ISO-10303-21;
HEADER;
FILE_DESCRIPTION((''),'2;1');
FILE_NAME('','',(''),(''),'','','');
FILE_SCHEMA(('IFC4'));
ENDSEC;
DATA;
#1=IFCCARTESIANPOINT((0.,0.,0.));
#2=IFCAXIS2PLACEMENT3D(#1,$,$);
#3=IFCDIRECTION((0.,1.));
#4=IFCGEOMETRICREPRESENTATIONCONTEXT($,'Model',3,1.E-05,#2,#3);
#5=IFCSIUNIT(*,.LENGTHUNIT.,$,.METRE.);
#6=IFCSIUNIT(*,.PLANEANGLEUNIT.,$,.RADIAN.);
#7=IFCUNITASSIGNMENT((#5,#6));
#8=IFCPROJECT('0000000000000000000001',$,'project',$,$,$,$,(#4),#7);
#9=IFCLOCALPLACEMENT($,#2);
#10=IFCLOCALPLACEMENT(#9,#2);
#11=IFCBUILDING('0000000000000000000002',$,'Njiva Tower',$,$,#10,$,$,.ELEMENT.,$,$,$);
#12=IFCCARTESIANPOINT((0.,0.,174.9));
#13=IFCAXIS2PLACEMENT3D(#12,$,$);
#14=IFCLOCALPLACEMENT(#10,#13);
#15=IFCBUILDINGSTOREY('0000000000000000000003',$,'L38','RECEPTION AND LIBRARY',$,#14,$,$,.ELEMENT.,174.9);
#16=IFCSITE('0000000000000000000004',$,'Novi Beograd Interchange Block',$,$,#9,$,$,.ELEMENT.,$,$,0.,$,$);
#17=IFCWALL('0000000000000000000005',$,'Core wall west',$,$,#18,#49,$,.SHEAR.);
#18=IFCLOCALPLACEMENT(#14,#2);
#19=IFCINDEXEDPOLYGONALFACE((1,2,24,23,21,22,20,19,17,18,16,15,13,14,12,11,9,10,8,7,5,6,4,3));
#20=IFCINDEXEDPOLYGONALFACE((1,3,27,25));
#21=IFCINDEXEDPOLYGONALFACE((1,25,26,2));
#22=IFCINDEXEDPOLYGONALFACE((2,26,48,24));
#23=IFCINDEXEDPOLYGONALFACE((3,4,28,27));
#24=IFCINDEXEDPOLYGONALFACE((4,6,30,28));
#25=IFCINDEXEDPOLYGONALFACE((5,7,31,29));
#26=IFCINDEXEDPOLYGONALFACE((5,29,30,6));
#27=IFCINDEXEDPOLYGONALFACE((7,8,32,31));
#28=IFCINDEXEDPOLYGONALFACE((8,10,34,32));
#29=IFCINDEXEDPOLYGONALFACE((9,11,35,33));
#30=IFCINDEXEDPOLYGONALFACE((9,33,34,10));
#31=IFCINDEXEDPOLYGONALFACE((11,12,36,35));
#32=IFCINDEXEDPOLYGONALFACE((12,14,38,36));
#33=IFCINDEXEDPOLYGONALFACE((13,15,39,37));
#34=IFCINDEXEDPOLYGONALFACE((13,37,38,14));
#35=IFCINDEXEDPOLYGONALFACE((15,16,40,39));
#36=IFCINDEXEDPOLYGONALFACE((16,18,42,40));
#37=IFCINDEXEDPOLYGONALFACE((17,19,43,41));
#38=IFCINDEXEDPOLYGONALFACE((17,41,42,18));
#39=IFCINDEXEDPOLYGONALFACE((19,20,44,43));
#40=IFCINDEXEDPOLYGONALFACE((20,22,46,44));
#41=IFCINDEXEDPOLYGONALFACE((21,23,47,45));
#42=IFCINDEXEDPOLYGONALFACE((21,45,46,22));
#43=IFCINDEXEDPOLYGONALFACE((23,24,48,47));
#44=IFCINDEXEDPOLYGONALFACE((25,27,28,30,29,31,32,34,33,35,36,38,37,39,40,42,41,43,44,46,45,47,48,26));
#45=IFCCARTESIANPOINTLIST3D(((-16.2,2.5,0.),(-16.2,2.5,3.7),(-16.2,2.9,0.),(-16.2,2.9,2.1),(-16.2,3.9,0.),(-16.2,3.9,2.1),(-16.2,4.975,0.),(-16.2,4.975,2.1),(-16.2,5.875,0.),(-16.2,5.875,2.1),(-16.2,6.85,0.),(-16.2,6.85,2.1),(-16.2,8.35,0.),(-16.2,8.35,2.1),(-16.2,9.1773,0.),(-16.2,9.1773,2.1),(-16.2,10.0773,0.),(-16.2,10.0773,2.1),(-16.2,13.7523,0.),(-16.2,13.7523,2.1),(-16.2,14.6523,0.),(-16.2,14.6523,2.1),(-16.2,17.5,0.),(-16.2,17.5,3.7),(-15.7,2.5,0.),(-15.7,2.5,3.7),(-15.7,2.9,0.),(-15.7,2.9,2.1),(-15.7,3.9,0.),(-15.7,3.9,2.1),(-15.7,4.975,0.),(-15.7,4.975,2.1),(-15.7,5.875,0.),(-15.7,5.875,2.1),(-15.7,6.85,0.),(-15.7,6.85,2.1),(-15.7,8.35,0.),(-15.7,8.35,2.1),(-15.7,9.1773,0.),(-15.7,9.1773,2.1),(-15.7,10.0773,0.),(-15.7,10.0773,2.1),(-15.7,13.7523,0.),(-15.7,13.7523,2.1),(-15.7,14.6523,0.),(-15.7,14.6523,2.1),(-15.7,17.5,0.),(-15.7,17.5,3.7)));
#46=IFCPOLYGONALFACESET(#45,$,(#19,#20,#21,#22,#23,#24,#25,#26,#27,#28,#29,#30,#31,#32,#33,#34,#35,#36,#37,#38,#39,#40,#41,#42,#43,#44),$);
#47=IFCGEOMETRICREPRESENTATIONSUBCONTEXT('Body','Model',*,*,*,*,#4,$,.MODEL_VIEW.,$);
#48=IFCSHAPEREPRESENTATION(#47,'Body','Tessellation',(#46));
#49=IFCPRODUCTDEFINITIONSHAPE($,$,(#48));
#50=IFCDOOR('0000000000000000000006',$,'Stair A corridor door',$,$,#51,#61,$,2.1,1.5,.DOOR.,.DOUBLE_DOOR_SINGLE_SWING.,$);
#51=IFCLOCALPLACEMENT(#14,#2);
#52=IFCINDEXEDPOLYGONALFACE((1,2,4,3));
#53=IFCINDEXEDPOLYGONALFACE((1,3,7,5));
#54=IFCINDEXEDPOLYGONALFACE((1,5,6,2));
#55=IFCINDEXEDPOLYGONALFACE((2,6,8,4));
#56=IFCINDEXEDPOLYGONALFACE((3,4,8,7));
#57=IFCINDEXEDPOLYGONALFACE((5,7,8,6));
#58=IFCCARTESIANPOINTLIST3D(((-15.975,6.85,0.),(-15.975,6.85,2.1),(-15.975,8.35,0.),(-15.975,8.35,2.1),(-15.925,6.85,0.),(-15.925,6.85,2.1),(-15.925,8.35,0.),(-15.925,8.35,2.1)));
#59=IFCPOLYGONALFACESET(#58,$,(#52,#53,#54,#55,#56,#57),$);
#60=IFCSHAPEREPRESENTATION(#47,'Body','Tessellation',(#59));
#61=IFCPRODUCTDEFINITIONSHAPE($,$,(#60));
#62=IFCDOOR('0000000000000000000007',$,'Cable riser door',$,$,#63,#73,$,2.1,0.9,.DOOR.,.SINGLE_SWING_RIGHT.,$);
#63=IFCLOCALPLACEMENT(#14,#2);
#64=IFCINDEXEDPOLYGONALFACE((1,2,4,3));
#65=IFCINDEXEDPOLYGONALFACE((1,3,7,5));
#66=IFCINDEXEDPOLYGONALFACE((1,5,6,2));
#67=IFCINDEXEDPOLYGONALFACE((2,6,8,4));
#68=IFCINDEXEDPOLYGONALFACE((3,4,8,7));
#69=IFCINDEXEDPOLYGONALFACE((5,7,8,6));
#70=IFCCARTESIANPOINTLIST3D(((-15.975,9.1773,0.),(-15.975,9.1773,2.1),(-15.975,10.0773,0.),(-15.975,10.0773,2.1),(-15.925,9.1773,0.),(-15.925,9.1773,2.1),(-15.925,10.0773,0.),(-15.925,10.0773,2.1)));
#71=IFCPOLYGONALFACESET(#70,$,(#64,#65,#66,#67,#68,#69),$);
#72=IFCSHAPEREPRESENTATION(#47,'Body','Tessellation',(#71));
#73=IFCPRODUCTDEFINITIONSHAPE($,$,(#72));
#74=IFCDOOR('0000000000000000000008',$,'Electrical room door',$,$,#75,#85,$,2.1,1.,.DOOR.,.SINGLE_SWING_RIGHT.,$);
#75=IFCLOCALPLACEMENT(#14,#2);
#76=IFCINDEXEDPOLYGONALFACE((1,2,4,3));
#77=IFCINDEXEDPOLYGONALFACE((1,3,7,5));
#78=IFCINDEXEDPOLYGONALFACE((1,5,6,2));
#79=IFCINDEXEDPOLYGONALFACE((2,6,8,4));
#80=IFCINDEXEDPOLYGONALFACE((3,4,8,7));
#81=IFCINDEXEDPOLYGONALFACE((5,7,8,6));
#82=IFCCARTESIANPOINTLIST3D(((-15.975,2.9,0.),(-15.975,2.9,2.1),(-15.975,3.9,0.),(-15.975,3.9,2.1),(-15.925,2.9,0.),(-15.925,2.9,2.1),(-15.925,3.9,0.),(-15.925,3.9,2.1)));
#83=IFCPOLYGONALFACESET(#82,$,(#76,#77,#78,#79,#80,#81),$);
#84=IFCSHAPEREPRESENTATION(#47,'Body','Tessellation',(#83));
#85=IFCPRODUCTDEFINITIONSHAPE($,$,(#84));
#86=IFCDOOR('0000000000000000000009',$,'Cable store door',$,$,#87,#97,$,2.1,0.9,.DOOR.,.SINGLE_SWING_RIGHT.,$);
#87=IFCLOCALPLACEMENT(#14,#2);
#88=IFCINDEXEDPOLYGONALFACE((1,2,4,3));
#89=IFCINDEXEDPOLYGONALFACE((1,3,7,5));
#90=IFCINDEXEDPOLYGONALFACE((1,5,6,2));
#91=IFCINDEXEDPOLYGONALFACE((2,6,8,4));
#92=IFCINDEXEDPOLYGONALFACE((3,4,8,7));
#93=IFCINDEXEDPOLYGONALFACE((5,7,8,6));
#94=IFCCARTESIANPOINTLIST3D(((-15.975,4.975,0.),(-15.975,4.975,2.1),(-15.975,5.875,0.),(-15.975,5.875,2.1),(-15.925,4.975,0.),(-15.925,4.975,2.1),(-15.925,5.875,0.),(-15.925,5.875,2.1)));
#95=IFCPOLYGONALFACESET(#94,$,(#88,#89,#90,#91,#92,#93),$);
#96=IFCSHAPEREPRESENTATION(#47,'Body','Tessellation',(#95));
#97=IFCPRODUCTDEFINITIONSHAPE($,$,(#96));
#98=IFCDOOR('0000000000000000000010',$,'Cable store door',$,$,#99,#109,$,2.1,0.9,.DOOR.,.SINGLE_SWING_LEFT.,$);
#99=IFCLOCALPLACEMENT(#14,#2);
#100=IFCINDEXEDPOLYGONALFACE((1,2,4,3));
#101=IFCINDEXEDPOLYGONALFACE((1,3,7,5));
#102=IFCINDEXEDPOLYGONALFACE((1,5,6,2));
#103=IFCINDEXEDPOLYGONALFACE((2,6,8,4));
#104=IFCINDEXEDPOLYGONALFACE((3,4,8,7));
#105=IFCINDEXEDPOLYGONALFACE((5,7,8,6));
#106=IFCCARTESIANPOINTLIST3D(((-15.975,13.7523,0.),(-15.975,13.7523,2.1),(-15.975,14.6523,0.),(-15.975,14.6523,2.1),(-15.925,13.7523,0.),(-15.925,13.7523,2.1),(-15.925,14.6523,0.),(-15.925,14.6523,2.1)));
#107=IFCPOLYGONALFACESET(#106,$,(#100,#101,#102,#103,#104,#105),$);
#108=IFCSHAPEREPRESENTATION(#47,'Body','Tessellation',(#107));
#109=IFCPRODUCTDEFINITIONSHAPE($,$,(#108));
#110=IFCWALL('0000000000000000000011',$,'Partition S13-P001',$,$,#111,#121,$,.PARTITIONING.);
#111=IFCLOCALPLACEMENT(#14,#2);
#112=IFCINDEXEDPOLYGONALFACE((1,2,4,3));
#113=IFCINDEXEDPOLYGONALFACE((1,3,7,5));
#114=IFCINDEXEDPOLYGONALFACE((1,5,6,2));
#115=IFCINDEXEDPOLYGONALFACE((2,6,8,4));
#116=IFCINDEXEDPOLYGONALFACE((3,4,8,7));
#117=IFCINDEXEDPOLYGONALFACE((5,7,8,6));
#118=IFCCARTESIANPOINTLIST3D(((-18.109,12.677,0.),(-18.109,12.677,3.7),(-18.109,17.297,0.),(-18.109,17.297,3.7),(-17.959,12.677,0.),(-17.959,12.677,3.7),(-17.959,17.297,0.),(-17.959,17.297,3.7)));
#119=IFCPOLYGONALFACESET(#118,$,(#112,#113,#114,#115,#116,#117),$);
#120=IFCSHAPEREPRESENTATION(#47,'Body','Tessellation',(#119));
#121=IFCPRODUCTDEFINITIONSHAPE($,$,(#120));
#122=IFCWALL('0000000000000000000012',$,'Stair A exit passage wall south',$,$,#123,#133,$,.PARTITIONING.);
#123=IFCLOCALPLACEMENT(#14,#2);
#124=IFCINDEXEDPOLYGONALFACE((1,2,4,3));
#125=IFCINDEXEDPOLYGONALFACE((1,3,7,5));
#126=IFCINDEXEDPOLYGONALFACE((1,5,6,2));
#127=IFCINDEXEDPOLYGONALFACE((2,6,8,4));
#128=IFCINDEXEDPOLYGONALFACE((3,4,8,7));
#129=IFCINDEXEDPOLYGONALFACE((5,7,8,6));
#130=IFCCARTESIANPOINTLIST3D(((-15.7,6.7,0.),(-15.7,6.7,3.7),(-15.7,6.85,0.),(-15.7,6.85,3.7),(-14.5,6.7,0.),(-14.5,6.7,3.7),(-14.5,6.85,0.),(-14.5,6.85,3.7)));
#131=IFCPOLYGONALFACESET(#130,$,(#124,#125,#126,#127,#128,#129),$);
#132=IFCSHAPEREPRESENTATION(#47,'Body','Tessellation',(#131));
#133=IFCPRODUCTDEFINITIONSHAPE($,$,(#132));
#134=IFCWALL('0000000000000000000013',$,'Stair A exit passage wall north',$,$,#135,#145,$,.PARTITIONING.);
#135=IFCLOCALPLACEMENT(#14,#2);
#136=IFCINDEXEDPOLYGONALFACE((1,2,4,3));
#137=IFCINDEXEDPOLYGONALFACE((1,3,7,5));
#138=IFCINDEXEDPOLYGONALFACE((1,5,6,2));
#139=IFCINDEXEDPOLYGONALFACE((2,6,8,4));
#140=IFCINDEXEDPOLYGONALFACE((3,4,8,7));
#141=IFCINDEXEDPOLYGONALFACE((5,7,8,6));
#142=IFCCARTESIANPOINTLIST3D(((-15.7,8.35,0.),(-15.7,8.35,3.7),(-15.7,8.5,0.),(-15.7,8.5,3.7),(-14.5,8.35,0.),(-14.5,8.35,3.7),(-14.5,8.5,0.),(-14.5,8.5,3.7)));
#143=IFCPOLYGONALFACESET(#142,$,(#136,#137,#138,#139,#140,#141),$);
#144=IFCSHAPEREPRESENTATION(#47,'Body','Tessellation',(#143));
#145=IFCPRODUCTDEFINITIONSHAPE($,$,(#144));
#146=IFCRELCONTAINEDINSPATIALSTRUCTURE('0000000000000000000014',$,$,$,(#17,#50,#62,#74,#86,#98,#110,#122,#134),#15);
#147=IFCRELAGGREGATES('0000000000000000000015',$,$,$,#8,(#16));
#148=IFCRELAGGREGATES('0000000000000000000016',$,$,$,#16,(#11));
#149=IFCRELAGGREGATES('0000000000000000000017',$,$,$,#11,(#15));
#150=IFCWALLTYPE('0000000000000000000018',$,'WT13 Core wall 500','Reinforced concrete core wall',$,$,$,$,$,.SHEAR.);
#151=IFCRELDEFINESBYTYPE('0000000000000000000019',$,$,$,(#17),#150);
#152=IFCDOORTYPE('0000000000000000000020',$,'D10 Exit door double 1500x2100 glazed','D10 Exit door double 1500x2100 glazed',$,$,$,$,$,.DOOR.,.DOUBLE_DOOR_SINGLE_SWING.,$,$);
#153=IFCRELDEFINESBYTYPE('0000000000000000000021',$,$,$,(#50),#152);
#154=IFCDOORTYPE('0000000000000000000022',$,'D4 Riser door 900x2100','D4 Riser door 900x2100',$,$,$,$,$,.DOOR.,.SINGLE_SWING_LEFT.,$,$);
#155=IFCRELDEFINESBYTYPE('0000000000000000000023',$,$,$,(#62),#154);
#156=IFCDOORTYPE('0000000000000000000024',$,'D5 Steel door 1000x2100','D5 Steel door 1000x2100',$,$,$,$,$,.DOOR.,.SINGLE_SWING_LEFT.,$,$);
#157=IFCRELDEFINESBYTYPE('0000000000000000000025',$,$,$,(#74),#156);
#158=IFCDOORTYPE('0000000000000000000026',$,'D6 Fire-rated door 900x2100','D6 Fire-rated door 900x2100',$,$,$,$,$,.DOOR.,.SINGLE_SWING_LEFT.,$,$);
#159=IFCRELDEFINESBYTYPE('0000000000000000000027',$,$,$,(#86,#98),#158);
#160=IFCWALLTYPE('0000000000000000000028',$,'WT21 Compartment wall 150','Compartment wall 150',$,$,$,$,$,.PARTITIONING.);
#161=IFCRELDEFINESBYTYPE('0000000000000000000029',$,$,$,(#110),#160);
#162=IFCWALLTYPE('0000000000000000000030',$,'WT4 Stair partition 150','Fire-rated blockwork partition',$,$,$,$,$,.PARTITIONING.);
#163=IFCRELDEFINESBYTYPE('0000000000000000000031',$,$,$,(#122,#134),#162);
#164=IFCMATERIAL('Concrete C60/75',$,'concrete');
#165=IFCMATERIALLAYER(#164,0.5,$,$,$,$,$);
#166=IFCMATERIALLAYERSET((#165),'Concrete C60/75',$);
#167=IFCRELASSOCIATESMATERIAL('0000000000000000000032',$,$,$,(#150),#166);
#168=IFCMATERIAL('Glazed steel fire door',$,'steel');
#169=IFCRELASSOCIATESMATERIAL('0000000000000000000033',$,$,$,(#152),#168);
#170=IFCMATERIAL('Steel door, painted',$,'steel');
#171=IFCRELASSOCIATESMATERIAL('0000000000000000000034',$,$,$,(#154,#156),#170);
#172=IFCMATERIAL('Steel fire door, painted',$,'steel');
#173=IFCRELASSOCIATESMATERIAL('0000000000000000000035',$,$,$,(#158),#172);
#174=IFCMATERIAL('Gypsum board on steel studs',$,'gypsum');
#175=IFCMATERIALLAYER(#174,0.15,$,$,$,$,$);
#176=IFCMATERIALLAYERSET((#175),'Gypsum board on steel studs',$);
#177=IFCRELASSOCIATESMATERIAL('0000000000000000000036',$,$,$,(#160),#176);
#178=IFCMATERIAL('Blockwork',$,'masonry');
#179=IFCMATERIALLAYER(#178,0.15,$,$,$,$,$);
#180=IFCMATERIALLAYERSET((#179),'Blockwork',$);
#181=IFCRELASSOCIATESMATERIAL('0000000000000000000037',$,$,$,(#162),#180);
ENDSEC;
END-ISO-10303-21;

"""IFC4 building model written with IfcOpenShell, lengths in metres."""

from ifc_helpers import new_model, si_unit, direction, frame, frame_2d, origin, place, context, subcontext, project, spatial, rectangle, extrude, material, layer, layer_set, type_object, element, fill, save


model = new_model("IFC4")

# Units and contexts
model_context = context("Model", 3, precision=1e-05, world=origin(), true_north=direction((0.0, 1.0)))
body_context = subcontext(model_context, "Body", "Model", "MODEL_VIEW")
ifc_project = project(units=[si_unit("LENGTHUNIT", "METRE"), si_unit("PLANEANGLEUNIT", "RADIAN")], contexts=[model_context])

# Site, building, storey
site_placement = place(None, origin())
site = spatial("IfcSite", under=ifc_project, at=site_placement, Name="Novi Beograd Interchange Block", CompositionType="ELEMENT", RefElevation=0.0)
building_placement = place(site_placement, origin())
building = spatial("IfcBuilding", under=site, at=building_placement, Name="Njiva Tower", CompositionType="ELEMENT")
storey_placement = place(building_placement, frame((0.0, 0.0, 174.9)))
storey = spatial("IfcBuildingStorey", under=building, at=storey_placement, Name="L38", Description="RECEPTION AND LIBRARY", CompositionType="ELEMENT", Elevation=174.9)

# Shared definitions
ifc_material_1 = material(Name="Blockwork", Category="masonry")

# Wall, openings, doors
ifc_material_2 = material(Name="Concrete C60/75", Category="concrete")
ifc_layer_1 = layer(ifc_material_2, 0.5)
ifc_layer_set_1 = layer_set([ifc_layer_1], Name="Concrete C60/75")
wall_type_1 = type_object("IfcWallType", Name="WT13 Core wall 500", Description="Reinforced concrete core wall", PredefinedType="SHEAR", material=ifc_layer_set_1)
wall_1_placement = place(storey_placement, frame((-15.95, 2.5, 0.0), z_axis=(0.0, 0.0, 1.0), x_axis=(0.0, 1.0, 0.0)))
wall_1 = element("IfcWall", 1, at=wall_1_placement, inside=storey, type_object=wall_type_1, Name="Core wall west", PredefinedType="SHEAR", context=body_context, shape_type="SweptSolid", body=[
    extrude(rectangle(XDim=15.0, YDim=0.5, at=frame_2d((7.5, 0.0))), origin(), (0.0, 0.0, 1.0), 3.7),
])
opening_1_placement = place(wall_1_placement, frame((4.35, 0.0, 0.0)))
opening_1 = element("IfcOpeningElement", 2, at=opening_1_placement, cuts=wall_1, PredefinedType="OPENING", context=body_context, shape_type="SweptSolid", body=[
    extrude(rectangle(XDim=1.5, YDim=2.1, at=frame_2d((0.75, 1.05))), frame((0.0, 0.26, 0.0), z_axis=(0.0, -1.0, 0.0), x_axis=(1.0, 0.0, 0.0)), (0.0, 0.0, 1.0), 0.52),
])
opening_2_placement = place(wall_1_placement, frame((0.4, 0.0, 0.0)))
opening_2 = element("IfcOpeningElement", 3, at=opening_2_placement, cuts=wall_1, PredefinedType="OPENING", context=body_context, shape_type="SweptSolid", body=[
    extrude(rectangle(XDim=1.0, YDim=2.1, at=frame_2d((0.5, 1.05))), frame((0.0, 0.26, 0.0), z_axis=(0.0, -1.0, 0.0), x_axis=(1.0, 0.0, 0.0)), (0.0, 0.0, 1.0), 0.52),
])
opening_3_placement = place(wall_1_placement, frame((2.475, 0.0, 0.0)))
opening_3 = element("IfcOpeningElement", 4, at=opening_3_placement, cuts=wall_1, PredefinedType="OPENING", context=body_context, shape_type="SweptSolid", body=[
    extrude(rectangle(XDim=0.9, YDim=2.1, at=frame_2d((0.45, 1.05))), frame((0.0, 0.26, 0.0), z_axis=(0.0, -1.0, 0.0), x_axis=(1.0, 0.0, 0.0)), (0.0, 0.0, 1.0), 0.52),
])
opening_4_placement = place(wall_1_placement, frame((6.6773, 0.0, 0.0)))
opening_4 = element("IfcOpeningElement", 5, at=opening_4_placement, cuts=wall_1, PredefinedType="OPENING", context=body_context, shape_type="SweptSolid", body=[
    extrude(rectangle(XDim=0.9, YDim=2.1, at=frame_2d((0.45, 1.05))), frame((0.0, 0.26, 0.0), z_axis=(0.0, -1.0, 0.0), x_axis=(1.0, 0.0, 0.0)), (0.0, 0.0, 1.0), 0.52),
])
opening_5_placement = place(wall_1_placement, frame((11.2523, 0.0, 0.0)))
opening_5 = element("IfcOpeningElement", 6, at=opening_5_placement, cuts=wall_1, PredefinedType="OPENING", context=body_context, shape_type="SweptSolid", body=[
    extrude(rectangle(XDim=0.9, YDim=2.1, at=frame_2d((0.45, 1.05))), frame((0.0, 0.26, 0.0), z_axis=(0.0, -1.0, 0.0), x_axis=(1.0, 0.0, 0.0)), (0.0, 0.0, 1.0), 0.52),
])
ifc_material_3 = material(Name="Glazed steel fire door", Category="steel")
door_type_1 = type_object("IfcDoorType", Name="D10 Exit door double 1500x2100 glazed", Description="D10 Exit door double 1500x2100 glazed", OperationType="DOUBLE_DOOR_SINGLE_SWING", PredefinedType="DOOR", material=ifc_material_3)
door_1_placement = place(opening_1_placement, origin())
door_1 = element("IfcDoor", 7, at=door_1_placement, inside=storey, type_object=door_type_1, Name="Stair A corridor door", OperationType="DOUBLE_DOOR_SINGLE_SWING", OverallHeight=2.1, OverallWidth=1.5, PredefinedType="DOOR", context=body_context, shape_type="SweptSolid", body=[
    extrude(rectangle(XDim=1.5, YDim=2.1, at=frame_2d((0.75, 1.05))), frame((0.0, 0.025, 0.0), z_axis=(0.0, -1.0, 0.0), x_axis=(1.0, 0.0, 0.0)), (0.0, 0.0, 1.0), 0.05),
])
fill(opening_1, door_1)
ifc_material_4 = material(Name="Steel door, painted", Category="steel")
door_type_2 = type_object("IfcDoorType", Name="D4 Riser door 900x2100", Description="D4 Riser door 900x2100", OperationType="SINGLE_SWING_LEFT", PredefinedType="DOOR", material=ifc_material_4)
door_2_placement = place(opening_4_placement, origin())
door_2 = element("IfcDoor", 8, at=door_2_placement, inside=storey, type_object=door_type_2, Name="Cable riser door", OperationType="SINGLE_SWING_RIGHT", OverallHeight=2.1, OverallWidth=0.9, PredefinedType="DOOR", context=body_context, shape_type="SweptSolid", body=[
    extrude(rectangle(XDim=0.9, YDim=2.1, at=frame_2d((0.45, 1.05))), frame((0.0, 0.025, 0.0), z_axis=(0.0, -1.0, 0.0), x_axis=(1.0, 0.0, 0.0)), (0.0, 0.0, 1.0), 0.05),
])
fill(opening_4, door_2)
door_type_3 = type_object("IfcDoorType", Name="D5 Steel door 1000x2100", Description="D5 Steel door 1000x2100", OperationType="SINGLE_SWING_LEFT", PredefinedType="DOOR", material=ifc_material_4)
door_3_placement = place(opening_2_placement, origin())
door_3 = element("IfcDoor", 9, at=door_3_placement, inside=storey, type_object=door_type_3, Name="Electrical room door", OperationType="SINGLE_SWING_RIGHT", OverallHeight=2.1, OverallWidth=1.0, PredefinedType="DOOR", context=body_context, shape_type="SweptSolid", body=[
    extrude(rectangle(XDim=1.0, YDim=2.1, at=frame_2d((0.5, 1.05))), frame((0.0, 0.025, 0.0), z_axis=(0.0, -1.0, 0.0), x_axis=(1.0, 0.0, 0.0)), (0.0, 0.0, 1.0), 0.05),
])
fill(opening_2, door_3)
ifc_material_5 = material(Name="Steel fire door, painted", Category="steel")
door_type_4 = type_object("IfcDoorType", Name="D6 Fire-rated door 900x2100", Description="D6 Fire-rated door 900x2100", OperationType="SINGLE_SWING_LEFT", PredefinedType="DOOR", material=ifc_material_5)
door_4_placement = place(opening_3_placement, origin())
door_4 = element("IfcDoor", 10, at=door_4_placement, inside=storey, type_object=door_type_4, Name="Cable store door", OperationType="SINGLE_SWING_RIGHT", OverallHeight=2.1, OverallWidth=0.9, PredefinedType="DOOR", context=body_context, shape_type="SweptSolid", body=[
    extrude(rectangle(XDim=0.9, YDim=2.1, at=frame_2d((0.45, 1.05))), frame((0.0, 0.025, 0.0), z_axis=(0.0, -1.0, 0.0), x_axis=(1.0, 0.0, 0.0)), (0.0, 0.0, 1.0), 0.05),
])
fill(opening_3, door_4)
door_5_placement = place(opening_5_placement, origin())
door_5 = element("IfcDoor", 11, at=door_5_placement, inside=storey, type_object=door_type_4, Name="Cable store door", OperationType="SINGLE_SWING_LEFT", OverallHeight=2.1, OverallWidth=0.9, PredefinedType="DOOR", context=body_context, shape_type="SweptSolid", body=[
    extrude(rectangle(XDim=0.9, YDim=2.1, at=frame_2d((0.45, 1.05))), frame((0.0, 0.025, 0.0), z_axis=(0.0, -1.0, 0.0), x_axis=(1.0, 0.0, 0.0)), (0.0, 0.0, 1.0), 0.05),
])
fill(opening_5, door_5)

# Walls
ifc_material_6 = material(Name="Gypsum board on steel studs", Category="gypsum")
ifc_layer_2 = layer(ifc_material_6, 0.15)
ifc_layer_set_2 = layer_set([ifc_layer_2], Name="Gypsum board on steel studs")
wall_type_2 = type_object("IfcWallType", Name="WT21 Compartment wall 150", Description="Compartment wall 150", PredefinedType="PARTITIONING", material=ifc_layer_set_2)
wall_2_placement = place(storey_placement, frame((-18.034, 12.677, 0.0), z_axis=(0.0, 0.0, 1.0), x_axis=(0.0, 1.0, 0.0)))
element("IfcWall", 12, at=wall_2_placement, inside=storey, type_object=wall_type_2, Name="Partition S13-P001", PredefinedType="PARTITIONING", context=body_context, shape_type="SweptSolid", body=[
    extrude(rectangle(XDim=4.62, YDim=0.15, at=frame_2d((2.31, 0.0))), origin(), (0.0, 0.0, 1.0), 3.7),
])
ifc_layer_3 = layer(ifc_material_1, 0.15)
ifc_layer_set_3 = layer_set([ifc_layer_3], Name="Blockwork")
wall_type_3 = type_object("IfcWallType", Name="WT4 Stair partition 150", Description="Fire-rated blockwork partition", PredefinedType="PARTITIONING", material=ifc_layer_set_3)
for number, where, z_axis, x_axis, name in (
    (13, (-15.7, 6.775, 0.0), (0.0, 0.0, 1.0), (1.0, 0.0, 0.0), "Stair A exit passage wall south"),
    (14, (-15.7, 8.425, 0.0), (0.0, 0.0, 1.0), (1.0, 0.0, 0.0), "Stair A exit passage wall north"),
):
    element("IfcWall", number, at=place(storey_placement, frame(where, z_axis=z_axis, x_axis=x_axis)), inside=storey, type_object=wall_type_3, Name=name, PredefinedType="PARTITIONING", context=body_context, shape_type="SweptSolid", body=[
        extrude(rectangle(XDim=1.2, YDim=0.15, at=frame_2d((0.6, 0.0))), origin(), (0.0, 0.0, 1.0), 3.7),
    ])

save(model, "model.ifc")
